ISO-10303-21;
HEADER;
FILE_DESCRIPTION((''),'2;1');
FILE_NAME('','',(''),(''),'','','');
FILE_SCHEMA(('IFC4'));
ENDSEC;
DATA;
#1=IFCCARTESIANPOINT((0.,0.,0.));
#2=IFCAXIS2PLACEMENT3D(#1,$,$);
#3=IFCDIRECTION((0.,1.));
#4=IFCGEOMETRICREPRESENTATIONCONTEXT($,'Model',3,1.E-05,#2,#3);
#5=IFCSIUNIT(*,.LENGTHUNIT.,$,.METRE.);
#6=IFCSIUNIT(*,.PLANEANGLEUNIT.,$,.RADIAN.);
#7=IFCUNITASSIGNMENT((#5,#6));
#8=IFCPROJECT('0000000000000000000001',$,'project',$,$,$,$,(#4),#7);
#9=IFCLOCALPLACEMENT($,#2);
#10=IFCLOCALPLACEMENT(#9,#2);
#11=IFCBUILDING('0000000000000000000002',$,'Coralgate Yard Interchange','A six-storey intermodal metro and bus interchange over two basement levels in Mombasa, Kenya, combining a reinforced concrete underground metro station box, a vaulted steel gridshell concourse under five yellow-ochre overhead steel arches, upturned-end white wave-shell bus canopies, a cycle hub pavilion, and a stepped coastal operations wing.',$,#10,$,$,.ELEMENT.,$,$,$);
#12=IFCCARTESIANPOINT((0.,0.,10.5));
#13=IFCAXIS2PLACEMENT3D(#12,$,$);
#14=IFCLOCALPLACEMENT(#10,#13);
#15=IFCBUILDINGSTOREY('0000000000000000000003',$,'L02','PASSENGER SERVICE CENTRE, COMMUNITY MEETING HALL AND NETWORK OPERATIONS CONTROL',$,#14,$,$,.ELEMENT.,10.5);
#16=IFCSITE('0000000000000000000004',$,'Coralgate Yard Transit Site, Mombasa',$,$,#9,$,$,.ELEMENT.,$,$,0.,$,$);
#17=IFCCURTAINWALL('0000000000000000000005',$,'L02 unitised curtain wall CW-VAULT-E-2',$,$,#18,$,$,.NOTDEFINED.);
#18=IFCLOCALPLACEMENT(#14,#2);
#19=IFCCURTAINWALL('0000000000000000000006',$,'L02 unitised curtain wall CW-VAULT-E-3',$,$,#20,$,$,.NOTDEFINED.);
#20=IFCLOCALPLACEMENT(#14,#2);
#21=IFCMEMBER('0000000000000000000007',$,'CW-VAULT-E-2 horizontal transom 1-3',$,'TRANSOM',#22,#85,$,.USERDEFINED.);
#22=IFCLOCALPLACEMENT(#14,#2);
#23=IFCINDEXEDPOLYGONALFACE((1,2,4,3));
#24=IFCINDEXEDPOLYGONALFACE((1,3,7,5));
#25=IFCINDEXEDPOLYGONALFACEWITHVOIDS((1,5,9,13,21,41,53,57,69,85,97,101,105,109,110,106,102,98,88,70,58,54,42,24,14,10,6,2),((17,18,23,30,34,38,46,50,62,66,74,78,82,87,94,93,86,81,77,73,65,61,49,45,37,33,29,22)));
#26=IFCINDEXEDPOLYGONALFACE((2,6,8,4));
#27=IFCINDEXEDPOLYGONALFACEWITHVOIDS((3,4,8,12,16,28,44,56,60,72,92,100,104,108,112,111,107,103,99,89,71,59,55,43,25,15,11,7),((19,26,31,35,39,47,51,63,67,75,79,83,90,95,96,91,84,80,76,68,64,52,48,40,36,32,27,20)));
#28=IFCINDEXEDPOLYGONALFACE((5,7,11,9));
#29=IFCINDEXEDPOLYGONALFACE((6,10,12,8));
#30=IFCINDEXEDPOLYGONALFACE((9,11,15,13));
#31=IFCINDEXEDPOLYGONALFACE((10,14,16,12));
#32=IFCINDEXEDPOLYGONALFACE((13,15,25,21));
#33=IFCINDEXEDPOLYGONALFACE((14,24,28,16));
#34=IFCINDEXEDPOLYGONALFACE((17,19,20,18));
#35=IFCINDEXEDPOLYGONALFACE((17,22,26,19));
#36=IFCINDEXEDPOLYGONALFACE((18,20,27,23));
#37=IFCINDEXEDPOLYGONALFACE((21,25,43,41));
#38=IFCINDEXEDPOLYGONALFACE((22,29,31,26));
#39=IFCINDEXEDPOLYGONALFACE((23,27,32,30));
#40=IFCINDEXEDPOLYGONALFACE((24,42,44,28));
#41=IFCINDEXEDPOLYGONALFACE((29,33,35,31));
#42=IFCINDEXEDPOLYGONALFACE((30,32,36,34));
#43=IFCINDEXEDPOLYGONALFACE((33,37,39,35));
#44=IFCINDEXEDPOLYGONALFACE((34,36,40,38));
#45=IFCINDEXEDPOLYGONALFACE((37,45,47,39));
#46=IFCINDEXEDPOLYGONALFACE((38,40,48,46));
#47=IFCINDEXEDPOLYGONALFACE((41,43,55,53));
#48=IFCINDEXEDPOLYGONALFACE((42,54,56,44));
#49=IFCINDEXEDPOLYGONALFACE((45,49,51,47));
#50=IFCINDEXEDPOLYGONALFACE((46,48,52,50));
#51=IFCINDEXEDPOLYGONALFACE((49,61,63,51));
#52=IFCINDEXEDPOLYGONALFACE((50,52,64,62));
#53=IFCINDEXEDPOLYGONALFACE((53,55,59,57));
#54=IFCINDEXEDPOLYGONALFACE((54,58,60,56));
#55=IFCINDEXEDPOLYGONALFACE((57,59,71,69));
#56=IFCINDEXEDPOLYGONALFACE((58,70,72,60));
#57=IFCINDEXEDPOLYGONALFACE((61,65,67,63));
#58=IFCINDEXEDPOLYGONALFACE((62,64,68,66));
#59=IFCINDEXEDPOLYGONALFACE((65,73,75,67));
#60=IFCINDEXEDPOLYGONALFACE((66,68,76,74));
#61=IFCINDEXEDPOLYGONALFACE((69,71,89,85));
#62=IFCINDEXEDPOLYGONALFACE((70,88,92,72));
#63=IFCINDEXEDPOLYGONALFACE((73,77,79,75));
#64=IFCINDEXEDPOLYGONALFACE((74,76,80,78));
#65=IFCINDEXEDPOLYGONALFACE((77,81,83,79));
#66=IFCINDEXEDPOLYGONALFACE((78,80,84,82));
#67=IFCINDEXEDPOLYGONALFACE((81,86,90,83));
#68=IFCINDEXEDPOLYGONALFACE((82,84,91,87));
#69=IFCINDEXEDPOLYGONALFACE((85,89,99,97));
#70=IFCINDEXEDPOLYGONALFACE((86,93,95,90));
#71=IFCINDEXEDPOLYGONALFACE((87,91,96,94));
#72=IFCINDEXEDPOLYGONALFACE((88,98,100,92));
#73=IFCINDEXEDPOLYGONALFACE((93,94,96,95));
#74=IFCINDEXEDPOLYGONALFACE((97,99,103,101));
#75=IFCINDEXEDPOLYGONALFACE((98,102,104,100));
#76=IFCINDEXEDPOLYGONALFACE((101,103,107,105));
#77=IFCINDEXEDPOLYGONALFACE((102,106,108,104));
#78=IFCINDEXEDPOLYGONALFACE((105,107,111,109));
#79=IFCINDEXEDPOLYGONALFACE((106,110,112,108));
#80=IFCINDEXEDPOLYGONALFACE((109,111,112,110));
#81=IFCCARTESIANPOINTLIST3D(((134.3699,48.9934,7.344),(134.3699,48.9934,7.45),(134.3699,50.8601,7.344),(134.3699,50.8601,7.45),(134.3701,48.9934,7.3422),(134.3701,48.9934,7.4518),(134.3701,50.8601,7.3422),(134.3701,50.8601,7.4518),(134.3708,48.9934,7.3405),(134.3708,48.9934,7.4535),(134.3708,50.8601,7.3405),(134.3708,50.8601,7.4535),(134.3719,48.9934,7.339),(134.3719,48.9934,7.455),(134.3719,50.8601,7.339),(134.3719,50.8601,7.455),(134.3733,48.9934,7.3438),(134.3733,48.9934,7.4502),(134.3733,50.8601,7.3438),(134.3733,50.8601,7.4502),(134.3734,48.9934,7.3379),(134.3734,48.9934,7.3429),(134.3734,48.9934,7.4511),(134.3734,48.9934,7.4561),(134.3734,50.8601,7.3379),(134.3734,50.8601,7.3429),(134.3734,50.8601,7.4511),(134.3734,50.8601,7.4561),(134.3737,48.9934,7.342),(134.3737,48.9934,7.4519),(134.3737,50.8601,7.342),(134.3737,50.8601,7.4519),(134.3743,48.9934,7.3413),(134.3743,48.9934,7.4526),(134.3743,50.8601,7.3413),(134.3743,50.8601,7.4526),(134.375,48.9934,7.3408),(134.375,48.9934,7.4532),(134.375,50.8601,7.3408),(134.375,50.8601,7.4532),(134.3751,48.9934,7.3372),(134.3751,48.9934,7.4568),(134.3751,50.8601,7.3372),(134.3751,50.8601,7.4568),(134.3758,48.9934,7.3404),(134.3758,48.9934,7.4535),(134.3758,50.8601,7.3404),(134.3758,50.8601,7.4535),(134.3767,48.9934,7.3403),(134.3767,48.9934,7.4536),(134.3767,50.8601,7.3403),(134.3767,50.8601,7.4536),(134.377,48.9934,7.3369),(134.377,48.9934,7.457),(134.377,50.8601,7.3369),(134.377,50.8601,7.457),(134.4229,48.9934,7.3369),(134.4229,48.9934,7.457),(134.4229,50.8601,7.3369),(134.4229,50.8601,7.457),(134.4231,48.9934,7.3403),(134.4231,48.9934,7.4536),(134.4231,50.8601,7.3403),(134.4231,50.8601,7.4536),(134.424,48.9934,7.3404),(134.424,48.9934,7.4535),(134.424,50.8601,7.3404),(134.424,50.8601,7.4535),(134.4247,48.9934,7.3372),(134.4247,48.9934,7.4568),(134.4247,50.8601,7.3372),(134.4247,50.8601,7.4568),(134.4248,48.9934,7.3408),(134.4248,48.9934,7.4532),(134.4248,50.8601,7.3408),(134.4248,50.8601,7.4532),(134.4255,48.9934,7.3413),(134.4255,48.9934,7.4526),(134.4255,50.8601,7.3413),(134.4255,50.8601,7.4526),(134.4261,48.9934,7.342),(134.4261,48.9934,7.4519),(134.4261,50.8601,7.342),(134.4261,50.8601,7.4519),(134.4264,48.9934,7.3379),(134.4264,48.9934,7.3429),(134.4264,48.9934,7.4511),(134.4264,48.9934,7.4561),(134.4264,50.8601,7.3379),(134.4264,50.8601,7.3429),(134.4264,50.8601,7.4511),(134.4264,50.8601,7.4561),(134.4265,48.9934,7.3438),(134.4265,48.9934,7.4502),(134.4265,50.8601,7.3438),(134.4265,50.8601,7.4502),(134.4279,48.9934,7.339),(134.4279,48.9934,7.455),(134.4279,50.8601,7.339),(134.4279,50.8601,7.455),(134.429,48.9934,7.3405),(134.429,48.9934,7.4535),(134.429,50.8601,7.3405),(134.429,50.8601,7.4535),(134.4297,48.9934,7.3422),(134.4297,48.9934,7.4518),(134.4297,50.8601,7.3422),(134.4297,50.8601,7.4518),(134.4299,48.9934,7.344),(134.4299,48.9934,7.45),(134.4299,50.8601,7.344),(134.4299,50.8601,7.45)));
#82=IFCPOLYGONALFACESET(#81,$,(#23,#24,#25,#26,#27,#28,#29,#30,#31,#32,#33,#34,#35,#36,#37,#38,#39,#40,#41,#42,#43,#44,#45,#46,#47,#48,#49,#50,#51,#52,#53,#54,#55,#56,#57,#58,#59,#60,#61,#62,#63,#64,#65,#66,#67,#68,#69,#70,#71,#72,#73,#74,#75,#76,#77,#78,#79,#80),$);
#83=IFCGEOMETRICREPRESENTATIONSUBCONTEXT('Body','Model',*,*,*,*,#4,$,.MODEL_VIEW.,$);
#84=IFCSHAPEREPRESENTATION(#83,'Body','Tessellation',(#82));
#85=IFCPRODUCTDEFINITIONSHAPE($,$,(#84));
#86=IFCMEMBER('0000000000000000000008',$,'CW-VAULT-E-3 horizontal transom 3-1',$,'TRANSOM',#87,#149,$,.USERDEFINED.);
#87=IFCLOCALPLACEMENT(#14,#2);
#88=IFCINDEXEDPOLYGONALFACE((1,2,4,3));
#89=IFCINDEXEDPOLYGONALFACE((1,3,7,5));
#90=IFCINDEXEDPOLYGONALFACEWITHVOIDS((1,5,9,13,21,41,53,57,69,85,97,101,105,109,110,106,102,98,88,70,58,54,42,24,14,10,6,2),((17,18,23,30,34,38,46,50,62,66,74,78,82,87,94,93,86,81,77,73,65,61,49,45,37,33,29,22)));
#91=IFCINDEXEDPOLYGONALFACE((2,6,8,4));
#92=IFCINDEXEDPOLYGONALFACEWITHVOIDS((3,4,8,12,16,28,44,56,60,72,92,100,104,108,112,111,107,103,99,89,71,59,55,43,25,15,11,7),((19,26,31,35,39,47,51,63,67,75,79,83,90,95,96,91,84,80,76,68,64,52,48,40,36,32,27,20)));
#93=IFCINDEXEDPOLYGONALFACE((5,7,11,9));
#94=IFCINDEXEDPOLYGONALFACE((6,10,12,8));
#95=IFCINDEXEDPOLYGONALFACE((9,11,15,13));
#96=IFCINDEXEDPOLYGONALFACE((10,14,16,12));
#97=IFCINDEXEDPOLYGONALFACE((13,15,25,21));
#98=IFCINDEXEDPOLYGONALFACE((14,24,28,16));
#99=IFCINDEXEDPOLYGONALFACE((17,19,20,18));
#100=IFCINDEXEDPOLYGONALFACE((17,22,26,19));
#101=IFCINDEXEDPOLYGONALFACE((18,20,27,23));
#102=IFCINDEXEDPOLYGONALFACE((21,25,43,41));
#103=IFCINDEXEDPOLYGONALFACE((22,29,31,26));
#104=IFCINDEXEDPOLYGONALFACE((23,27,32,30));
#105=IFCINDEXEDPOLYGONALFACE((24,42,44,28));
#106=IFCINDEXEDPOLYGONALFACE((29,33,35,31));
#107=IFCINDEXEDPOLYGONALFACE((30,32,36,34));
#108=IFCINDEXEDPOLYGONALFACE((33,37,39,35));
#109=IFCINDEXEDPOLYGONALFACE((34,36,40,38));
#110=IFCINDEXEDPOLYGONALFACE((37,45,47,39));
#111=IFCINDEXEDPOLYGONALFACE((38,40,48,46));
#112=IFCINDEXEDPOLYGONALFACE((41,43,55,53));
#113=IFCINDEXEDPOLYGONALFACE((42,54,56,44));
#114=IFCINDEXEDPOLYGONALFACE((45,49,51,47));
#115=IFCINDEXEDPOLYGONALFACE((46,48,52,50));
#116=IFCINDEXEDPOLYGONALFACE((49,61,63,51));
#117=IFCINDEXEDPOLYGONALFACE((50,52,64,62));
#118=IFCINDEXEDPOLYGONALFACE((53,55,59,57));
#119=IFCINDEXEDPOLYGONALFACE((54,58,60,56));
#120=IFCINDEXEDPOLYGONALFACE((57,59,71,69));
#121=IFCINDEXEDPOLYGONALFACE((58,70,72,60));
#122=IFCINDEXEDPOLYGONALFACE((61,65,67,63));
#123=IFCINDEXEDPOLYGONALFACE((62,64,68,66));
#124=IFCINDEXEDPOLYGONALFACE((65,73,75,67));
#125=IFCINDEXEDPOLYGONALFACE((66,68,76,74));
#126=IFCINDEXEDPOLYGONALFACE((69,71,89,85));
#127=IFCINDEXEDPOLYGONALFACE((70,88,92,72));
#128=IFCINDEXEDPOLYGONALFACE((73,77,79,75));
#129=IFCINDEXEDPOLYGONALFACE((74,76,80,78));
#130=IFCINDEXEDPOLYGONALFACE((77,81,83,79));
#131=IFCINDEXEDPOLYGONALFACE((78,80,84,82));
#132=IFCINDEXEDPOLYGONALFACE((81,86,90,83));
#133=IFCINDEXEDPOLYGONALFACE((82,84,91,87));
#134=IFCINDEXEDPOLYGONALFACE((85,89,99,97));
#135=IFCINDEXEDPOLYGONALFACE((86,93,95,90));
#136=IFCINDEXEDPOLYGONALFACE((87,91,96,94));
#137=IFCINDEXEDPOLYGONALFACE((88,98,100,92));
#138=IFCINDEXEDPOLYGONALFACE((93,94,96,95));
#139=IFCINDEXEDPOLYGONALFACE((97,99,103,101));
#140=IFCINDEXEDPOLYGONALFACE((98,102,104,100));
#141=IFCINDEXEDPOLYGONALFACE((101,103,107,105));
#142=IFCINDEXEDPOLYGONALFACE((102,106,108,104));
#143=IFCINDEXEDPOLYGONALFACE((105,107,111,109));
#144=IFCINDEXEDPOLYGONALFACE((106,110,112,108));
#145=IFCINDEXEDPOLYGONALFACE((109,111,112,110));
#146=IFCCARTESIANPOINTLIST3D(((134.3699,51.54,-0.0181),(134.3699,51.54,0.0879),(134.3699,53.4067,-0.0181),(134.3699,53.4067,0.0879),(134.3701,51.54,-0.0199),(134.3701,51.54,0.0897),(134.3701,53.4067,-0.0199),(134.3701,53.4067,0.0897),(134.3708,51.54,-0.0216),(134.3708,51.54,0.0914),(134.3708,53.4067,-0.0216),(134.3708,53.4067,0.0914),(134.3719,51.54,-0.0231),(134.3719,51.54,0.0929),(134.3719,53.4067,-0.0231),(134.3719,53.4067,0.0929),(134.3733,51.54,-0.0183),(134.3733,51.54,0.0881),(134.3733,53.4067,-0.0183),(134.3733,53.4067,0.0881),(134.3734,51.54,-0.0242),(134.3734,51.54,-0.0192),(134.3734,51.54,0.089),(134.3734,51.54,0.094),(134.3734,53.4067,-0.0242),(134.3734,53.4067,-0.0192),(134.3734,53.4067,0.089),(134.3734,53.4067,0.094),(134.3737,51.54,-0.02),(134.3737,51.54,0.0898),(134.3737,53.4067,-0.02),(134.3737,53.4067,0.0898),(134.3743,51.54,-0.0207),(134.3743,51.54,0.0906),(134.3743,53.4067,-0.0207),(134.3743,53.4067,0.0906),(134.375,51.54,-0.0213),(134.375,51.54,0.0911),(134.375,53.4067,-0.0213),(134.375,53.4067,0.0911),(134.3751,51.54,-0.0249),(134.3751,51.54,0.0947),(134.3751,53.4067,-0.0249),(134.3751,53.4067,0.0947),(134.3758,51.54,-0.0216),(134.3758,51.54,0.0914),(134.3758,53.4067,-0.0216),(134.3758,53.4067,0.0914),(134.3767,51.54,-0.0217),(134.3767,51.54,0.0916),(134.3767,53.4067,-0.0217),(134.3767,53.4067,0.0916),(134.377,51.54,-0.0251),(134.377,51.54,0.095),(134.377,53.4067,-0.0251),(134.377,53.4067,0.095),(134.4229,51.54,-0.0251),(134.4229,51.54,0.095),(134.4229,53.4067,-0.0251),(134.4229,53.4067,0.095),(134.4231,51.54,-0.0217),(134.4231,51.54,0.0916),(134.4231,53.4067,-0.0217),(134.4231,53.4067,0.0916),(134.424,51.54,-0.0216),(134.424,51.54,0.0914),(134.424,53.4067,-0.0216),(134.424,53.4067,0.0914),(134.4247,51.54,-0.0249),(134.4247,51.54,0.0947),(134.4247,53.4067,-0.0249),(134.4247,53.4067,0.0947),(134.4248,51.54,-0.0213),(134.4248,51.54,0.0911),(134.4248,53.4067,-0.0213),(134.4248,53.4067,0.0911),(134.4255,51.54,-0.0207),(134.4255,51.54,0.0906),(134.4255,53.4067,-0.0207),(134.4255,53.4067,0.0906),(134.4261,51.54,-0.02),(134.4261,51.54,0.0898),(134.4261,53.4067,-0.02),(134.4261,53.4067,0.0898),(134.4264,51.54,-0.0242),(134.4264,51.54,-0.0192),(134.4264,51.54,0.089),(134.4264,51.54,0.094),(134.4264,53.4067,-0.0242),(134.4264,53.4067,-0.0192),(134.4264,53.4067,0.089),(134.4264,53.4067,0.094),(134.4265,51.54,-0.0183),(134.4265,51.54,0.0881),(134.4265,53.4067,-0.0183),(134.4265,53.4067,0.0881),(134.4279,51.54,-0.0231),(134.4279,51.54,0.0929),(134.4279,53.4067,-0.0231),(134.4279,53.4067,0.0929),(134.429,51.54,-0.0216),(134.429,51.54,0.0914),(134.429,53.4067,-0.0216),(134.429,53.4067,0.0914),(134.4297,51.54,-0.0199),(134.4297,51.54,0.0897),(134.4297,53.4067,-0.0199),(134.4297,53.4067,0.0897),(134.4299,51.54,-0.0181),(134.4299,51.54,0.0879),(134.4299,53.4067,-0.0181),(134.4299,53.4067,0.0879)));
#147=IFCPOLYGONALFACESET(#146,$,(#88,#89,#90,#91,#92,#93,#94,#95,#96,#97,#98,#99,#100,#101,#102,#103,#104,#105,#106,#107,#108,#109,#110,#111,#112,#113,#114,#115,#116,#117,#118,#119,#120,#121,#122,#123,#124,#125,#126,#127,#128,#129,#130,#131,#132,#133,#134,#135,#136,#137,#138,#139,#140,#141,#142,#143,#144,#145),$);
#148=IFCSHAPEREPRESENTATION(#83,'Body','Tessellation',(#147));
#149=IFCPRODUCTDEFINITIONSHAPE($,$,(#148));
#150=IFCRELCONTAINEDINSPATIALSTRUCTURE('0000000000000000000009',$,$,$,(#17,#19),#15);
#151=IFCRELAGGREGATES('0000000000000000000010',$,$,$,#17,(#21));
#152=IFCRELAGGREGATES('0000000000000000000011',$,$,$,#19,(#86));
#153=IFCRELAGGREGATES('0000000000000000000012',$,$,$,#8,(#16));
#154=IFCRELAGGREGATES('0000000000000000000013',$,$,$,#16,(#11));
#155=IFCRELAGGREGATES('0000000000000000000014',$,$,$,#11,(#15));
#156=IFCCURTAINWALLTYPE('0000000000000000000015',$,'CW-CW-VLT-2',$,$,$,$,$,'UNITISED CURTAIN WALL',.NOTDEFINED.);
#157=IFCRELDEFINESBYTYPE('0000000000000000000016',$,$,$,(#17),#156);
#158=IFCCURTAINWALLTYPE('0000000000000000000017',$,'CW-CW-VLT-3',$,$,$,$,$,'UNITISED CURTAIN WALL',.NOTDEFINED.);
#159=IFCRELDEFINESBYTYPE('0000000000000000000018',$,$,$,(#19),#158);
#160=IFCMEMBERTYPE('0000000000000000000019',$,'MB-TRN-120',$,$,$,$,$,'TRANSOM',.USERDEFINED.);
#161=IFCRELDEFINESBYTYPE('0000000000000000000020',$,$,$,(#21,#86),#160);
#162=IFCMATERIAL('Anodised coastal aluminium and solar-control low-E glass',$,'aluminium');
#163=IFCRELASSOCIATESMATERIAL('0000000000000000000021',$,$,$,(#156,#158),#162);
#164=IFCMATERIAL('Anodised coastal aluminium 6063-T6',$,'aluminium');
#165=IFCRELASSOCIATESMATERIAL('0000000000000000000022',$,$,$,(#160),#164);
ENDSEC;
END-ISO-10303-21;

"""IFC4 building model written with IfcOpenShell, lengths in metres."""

from ifc_helpers import new_model, si_unit, direction, frame, origin, origin_2d, place, context, subcontext, project, spatial, hollow_rectangle, extrude, material, material_profile, profile_set, type_object, element, aggregate, save


model = new_model("IFC4")

# Units and contexts
model_context = context("Model", 3, precision=1e-05, world=origin(), true_north=direction((0.0, 1.0)))
body_context = subcontext(model_context, "Body", "Model", "MODEL_VIEW")
ifc_project = project(units=[si_unit("LENGTHUNIT", "METRE"), si_unit("PLANEANGLEUNIT", "RADIAN")], contexts=[model_context])

# Site, building, storey
site_placement = place(None, origin())
site = spatial("IfcSite", under=ifc_project, at=site_placement, Name="Coralgate Yard Transit Site, Mombasa", CompositionType="ELEMENT", RefElevation=0.0)
building_placement = place(site_placement, origin())
building = spatial("IfcBuilding", under=site, at=building_placement, Name="Coralgate Yard Interchange", Description="A six-storey intermodal metro and bus interchange over two basement levels in Mombasa, Kenya, combining a reinforced concrete underground metro station box, a vaulted steel gridshell concourse under five yellow-ochre overhead steel arches, upturned-end white wave-shell bus canopies, a cycle hub pavilion, and a stepped coastal operations wing.", CompositionType="ELEMENT")
storey_placement = place(building_placement, frame((0.0, 0.0, 10.5)))
storey = spatial("IfcBuildingStorey", under=building, at=storey_placement, Name="L02", Description="PASSENGER SERVICE CENTRE, COMMUNITY MEETING HALL AND NETWORK OPERATIONS CONTROL", CompositionType="ELEMENT", Elevation=10.5)

# Curtain wall
ifc_material_1 = material(Name="Anodised coastal aluminium and solar-control low-E glass", Category="aluminium")
curtain_wall_type_1 = type_object("IfcCurtainWallType", Name="CW-CW-VLT-2", ElementType="UNITISED CURTAIN WALL", PredefinedType="NOTDEFINED", material=ifc_material_1)
curtain_wall_1_placement = place(storey_placement, origin())
curtain_wall_1 = element("IfcCurtainWall", 1, at=curtain_wall_1_placement, inside=storey, type_object=curtain_wall_type_1, Name="L02 unitised curtain wall CW-VAULT-E-2", PredefinedType="NOTDEFINED")
ifc_material_2 = material(Name="Anodised coastal aluminium 6063-T6", Category="aluminium")

# Curtain wall
curtain_wall_type_2 = type_object("IfcCurtainWallType", Name="CW-CW-VLT-3", ElementType="UNITISED CURTAIN WALL", PredefinedType="NOTDEFINED", material=ifc_material_1)
curtain_wall_2_placement = place(storey_placement, origin())
curtain_wall_2 = element("IfcCurtainWall", 2, at=curtain_wall_2_placement, inside=storey, type_object=curtain_wall_type_2, Name="L02 unitised curtain wall CW-VAULT-E-3", PredefinedType="NOTDEFINED")

# Members
ifc_material_profile_1 = material_profile(ifc_material_2, hollow_rectangle(XDim=0.0601, YDim=0.1201, WallThickness=0.0034, InnerFilletRadius=0.0034, OuterFilletRadius=0.0071, at=origin_2d()), Name="ALU 60x120x3.5")
ifc_profile_set_1 = profile_set([ifc_material_profile_1], Name="Anodised coastal aluminium 6063-T6")
member_type_1 = type_object("IfcMemberType", Name="MB-TRN-120", ElementType="TRANSOM", PredefinedType="USERDEFINED", material=ifc_profile_set_1)
member_1_placement = place(storey_placement, frame((134.3999, 50.8601, 7.397), z_axis=(0.0, -1.0, 0.0), x_axis=(1.0, 0.0, 0.0)))
member_1 = element("IfcMember", 3, at=member_1_placement, type_object=member_type_1, Name="CW-VAULT-E-2 horizontal transom 1-3", ObjectType="TRANSOM", PredefinedType="USERDEFINED", context=body_context, shape_type="SweptSolid", body=[
    extrude(hollow_rectangle(XDim=0.0601, YDim=0.1201, WallThickness=0.0034, InnerFilletRadius=0.0034, OuterFilletRadius=0.0071, at=origin_2d()), origin(), (0.0, 0.0, 1.0), 1.8667),
])
member_2_placement = place(storey_placement, frame((134.3999, 53.4067, 0.0349), z_axis=(0.0, -1.0, 0.0), x_axis=(1.0, 0.0, 0.0)))
member_2 = element("IfcMember", 4, at=member_2_placement, type_object=member_type_1, Name="CW-VAULT-E-3 horizontal transom 3-1", ObjectType="TRANSOM", PredefinedType="USERDEFINED", context=body_context, shape_type="SweptSolid", body=[
    extrude(hollow_rectangle(XDim=0.0601, YDim=0.1201, WallThickness=0.0034, InnerFilletRadius=0.0034, OuterFilletRadius=0.0071, at=origin_2d()), origin(), (0.0, 0.0, 1.0), 1.8667),
])

aggregate(curtain_wall_1, [member_1])
aggregate(curtain_wall_2, [member_2])

save(model, "model.ifc")
